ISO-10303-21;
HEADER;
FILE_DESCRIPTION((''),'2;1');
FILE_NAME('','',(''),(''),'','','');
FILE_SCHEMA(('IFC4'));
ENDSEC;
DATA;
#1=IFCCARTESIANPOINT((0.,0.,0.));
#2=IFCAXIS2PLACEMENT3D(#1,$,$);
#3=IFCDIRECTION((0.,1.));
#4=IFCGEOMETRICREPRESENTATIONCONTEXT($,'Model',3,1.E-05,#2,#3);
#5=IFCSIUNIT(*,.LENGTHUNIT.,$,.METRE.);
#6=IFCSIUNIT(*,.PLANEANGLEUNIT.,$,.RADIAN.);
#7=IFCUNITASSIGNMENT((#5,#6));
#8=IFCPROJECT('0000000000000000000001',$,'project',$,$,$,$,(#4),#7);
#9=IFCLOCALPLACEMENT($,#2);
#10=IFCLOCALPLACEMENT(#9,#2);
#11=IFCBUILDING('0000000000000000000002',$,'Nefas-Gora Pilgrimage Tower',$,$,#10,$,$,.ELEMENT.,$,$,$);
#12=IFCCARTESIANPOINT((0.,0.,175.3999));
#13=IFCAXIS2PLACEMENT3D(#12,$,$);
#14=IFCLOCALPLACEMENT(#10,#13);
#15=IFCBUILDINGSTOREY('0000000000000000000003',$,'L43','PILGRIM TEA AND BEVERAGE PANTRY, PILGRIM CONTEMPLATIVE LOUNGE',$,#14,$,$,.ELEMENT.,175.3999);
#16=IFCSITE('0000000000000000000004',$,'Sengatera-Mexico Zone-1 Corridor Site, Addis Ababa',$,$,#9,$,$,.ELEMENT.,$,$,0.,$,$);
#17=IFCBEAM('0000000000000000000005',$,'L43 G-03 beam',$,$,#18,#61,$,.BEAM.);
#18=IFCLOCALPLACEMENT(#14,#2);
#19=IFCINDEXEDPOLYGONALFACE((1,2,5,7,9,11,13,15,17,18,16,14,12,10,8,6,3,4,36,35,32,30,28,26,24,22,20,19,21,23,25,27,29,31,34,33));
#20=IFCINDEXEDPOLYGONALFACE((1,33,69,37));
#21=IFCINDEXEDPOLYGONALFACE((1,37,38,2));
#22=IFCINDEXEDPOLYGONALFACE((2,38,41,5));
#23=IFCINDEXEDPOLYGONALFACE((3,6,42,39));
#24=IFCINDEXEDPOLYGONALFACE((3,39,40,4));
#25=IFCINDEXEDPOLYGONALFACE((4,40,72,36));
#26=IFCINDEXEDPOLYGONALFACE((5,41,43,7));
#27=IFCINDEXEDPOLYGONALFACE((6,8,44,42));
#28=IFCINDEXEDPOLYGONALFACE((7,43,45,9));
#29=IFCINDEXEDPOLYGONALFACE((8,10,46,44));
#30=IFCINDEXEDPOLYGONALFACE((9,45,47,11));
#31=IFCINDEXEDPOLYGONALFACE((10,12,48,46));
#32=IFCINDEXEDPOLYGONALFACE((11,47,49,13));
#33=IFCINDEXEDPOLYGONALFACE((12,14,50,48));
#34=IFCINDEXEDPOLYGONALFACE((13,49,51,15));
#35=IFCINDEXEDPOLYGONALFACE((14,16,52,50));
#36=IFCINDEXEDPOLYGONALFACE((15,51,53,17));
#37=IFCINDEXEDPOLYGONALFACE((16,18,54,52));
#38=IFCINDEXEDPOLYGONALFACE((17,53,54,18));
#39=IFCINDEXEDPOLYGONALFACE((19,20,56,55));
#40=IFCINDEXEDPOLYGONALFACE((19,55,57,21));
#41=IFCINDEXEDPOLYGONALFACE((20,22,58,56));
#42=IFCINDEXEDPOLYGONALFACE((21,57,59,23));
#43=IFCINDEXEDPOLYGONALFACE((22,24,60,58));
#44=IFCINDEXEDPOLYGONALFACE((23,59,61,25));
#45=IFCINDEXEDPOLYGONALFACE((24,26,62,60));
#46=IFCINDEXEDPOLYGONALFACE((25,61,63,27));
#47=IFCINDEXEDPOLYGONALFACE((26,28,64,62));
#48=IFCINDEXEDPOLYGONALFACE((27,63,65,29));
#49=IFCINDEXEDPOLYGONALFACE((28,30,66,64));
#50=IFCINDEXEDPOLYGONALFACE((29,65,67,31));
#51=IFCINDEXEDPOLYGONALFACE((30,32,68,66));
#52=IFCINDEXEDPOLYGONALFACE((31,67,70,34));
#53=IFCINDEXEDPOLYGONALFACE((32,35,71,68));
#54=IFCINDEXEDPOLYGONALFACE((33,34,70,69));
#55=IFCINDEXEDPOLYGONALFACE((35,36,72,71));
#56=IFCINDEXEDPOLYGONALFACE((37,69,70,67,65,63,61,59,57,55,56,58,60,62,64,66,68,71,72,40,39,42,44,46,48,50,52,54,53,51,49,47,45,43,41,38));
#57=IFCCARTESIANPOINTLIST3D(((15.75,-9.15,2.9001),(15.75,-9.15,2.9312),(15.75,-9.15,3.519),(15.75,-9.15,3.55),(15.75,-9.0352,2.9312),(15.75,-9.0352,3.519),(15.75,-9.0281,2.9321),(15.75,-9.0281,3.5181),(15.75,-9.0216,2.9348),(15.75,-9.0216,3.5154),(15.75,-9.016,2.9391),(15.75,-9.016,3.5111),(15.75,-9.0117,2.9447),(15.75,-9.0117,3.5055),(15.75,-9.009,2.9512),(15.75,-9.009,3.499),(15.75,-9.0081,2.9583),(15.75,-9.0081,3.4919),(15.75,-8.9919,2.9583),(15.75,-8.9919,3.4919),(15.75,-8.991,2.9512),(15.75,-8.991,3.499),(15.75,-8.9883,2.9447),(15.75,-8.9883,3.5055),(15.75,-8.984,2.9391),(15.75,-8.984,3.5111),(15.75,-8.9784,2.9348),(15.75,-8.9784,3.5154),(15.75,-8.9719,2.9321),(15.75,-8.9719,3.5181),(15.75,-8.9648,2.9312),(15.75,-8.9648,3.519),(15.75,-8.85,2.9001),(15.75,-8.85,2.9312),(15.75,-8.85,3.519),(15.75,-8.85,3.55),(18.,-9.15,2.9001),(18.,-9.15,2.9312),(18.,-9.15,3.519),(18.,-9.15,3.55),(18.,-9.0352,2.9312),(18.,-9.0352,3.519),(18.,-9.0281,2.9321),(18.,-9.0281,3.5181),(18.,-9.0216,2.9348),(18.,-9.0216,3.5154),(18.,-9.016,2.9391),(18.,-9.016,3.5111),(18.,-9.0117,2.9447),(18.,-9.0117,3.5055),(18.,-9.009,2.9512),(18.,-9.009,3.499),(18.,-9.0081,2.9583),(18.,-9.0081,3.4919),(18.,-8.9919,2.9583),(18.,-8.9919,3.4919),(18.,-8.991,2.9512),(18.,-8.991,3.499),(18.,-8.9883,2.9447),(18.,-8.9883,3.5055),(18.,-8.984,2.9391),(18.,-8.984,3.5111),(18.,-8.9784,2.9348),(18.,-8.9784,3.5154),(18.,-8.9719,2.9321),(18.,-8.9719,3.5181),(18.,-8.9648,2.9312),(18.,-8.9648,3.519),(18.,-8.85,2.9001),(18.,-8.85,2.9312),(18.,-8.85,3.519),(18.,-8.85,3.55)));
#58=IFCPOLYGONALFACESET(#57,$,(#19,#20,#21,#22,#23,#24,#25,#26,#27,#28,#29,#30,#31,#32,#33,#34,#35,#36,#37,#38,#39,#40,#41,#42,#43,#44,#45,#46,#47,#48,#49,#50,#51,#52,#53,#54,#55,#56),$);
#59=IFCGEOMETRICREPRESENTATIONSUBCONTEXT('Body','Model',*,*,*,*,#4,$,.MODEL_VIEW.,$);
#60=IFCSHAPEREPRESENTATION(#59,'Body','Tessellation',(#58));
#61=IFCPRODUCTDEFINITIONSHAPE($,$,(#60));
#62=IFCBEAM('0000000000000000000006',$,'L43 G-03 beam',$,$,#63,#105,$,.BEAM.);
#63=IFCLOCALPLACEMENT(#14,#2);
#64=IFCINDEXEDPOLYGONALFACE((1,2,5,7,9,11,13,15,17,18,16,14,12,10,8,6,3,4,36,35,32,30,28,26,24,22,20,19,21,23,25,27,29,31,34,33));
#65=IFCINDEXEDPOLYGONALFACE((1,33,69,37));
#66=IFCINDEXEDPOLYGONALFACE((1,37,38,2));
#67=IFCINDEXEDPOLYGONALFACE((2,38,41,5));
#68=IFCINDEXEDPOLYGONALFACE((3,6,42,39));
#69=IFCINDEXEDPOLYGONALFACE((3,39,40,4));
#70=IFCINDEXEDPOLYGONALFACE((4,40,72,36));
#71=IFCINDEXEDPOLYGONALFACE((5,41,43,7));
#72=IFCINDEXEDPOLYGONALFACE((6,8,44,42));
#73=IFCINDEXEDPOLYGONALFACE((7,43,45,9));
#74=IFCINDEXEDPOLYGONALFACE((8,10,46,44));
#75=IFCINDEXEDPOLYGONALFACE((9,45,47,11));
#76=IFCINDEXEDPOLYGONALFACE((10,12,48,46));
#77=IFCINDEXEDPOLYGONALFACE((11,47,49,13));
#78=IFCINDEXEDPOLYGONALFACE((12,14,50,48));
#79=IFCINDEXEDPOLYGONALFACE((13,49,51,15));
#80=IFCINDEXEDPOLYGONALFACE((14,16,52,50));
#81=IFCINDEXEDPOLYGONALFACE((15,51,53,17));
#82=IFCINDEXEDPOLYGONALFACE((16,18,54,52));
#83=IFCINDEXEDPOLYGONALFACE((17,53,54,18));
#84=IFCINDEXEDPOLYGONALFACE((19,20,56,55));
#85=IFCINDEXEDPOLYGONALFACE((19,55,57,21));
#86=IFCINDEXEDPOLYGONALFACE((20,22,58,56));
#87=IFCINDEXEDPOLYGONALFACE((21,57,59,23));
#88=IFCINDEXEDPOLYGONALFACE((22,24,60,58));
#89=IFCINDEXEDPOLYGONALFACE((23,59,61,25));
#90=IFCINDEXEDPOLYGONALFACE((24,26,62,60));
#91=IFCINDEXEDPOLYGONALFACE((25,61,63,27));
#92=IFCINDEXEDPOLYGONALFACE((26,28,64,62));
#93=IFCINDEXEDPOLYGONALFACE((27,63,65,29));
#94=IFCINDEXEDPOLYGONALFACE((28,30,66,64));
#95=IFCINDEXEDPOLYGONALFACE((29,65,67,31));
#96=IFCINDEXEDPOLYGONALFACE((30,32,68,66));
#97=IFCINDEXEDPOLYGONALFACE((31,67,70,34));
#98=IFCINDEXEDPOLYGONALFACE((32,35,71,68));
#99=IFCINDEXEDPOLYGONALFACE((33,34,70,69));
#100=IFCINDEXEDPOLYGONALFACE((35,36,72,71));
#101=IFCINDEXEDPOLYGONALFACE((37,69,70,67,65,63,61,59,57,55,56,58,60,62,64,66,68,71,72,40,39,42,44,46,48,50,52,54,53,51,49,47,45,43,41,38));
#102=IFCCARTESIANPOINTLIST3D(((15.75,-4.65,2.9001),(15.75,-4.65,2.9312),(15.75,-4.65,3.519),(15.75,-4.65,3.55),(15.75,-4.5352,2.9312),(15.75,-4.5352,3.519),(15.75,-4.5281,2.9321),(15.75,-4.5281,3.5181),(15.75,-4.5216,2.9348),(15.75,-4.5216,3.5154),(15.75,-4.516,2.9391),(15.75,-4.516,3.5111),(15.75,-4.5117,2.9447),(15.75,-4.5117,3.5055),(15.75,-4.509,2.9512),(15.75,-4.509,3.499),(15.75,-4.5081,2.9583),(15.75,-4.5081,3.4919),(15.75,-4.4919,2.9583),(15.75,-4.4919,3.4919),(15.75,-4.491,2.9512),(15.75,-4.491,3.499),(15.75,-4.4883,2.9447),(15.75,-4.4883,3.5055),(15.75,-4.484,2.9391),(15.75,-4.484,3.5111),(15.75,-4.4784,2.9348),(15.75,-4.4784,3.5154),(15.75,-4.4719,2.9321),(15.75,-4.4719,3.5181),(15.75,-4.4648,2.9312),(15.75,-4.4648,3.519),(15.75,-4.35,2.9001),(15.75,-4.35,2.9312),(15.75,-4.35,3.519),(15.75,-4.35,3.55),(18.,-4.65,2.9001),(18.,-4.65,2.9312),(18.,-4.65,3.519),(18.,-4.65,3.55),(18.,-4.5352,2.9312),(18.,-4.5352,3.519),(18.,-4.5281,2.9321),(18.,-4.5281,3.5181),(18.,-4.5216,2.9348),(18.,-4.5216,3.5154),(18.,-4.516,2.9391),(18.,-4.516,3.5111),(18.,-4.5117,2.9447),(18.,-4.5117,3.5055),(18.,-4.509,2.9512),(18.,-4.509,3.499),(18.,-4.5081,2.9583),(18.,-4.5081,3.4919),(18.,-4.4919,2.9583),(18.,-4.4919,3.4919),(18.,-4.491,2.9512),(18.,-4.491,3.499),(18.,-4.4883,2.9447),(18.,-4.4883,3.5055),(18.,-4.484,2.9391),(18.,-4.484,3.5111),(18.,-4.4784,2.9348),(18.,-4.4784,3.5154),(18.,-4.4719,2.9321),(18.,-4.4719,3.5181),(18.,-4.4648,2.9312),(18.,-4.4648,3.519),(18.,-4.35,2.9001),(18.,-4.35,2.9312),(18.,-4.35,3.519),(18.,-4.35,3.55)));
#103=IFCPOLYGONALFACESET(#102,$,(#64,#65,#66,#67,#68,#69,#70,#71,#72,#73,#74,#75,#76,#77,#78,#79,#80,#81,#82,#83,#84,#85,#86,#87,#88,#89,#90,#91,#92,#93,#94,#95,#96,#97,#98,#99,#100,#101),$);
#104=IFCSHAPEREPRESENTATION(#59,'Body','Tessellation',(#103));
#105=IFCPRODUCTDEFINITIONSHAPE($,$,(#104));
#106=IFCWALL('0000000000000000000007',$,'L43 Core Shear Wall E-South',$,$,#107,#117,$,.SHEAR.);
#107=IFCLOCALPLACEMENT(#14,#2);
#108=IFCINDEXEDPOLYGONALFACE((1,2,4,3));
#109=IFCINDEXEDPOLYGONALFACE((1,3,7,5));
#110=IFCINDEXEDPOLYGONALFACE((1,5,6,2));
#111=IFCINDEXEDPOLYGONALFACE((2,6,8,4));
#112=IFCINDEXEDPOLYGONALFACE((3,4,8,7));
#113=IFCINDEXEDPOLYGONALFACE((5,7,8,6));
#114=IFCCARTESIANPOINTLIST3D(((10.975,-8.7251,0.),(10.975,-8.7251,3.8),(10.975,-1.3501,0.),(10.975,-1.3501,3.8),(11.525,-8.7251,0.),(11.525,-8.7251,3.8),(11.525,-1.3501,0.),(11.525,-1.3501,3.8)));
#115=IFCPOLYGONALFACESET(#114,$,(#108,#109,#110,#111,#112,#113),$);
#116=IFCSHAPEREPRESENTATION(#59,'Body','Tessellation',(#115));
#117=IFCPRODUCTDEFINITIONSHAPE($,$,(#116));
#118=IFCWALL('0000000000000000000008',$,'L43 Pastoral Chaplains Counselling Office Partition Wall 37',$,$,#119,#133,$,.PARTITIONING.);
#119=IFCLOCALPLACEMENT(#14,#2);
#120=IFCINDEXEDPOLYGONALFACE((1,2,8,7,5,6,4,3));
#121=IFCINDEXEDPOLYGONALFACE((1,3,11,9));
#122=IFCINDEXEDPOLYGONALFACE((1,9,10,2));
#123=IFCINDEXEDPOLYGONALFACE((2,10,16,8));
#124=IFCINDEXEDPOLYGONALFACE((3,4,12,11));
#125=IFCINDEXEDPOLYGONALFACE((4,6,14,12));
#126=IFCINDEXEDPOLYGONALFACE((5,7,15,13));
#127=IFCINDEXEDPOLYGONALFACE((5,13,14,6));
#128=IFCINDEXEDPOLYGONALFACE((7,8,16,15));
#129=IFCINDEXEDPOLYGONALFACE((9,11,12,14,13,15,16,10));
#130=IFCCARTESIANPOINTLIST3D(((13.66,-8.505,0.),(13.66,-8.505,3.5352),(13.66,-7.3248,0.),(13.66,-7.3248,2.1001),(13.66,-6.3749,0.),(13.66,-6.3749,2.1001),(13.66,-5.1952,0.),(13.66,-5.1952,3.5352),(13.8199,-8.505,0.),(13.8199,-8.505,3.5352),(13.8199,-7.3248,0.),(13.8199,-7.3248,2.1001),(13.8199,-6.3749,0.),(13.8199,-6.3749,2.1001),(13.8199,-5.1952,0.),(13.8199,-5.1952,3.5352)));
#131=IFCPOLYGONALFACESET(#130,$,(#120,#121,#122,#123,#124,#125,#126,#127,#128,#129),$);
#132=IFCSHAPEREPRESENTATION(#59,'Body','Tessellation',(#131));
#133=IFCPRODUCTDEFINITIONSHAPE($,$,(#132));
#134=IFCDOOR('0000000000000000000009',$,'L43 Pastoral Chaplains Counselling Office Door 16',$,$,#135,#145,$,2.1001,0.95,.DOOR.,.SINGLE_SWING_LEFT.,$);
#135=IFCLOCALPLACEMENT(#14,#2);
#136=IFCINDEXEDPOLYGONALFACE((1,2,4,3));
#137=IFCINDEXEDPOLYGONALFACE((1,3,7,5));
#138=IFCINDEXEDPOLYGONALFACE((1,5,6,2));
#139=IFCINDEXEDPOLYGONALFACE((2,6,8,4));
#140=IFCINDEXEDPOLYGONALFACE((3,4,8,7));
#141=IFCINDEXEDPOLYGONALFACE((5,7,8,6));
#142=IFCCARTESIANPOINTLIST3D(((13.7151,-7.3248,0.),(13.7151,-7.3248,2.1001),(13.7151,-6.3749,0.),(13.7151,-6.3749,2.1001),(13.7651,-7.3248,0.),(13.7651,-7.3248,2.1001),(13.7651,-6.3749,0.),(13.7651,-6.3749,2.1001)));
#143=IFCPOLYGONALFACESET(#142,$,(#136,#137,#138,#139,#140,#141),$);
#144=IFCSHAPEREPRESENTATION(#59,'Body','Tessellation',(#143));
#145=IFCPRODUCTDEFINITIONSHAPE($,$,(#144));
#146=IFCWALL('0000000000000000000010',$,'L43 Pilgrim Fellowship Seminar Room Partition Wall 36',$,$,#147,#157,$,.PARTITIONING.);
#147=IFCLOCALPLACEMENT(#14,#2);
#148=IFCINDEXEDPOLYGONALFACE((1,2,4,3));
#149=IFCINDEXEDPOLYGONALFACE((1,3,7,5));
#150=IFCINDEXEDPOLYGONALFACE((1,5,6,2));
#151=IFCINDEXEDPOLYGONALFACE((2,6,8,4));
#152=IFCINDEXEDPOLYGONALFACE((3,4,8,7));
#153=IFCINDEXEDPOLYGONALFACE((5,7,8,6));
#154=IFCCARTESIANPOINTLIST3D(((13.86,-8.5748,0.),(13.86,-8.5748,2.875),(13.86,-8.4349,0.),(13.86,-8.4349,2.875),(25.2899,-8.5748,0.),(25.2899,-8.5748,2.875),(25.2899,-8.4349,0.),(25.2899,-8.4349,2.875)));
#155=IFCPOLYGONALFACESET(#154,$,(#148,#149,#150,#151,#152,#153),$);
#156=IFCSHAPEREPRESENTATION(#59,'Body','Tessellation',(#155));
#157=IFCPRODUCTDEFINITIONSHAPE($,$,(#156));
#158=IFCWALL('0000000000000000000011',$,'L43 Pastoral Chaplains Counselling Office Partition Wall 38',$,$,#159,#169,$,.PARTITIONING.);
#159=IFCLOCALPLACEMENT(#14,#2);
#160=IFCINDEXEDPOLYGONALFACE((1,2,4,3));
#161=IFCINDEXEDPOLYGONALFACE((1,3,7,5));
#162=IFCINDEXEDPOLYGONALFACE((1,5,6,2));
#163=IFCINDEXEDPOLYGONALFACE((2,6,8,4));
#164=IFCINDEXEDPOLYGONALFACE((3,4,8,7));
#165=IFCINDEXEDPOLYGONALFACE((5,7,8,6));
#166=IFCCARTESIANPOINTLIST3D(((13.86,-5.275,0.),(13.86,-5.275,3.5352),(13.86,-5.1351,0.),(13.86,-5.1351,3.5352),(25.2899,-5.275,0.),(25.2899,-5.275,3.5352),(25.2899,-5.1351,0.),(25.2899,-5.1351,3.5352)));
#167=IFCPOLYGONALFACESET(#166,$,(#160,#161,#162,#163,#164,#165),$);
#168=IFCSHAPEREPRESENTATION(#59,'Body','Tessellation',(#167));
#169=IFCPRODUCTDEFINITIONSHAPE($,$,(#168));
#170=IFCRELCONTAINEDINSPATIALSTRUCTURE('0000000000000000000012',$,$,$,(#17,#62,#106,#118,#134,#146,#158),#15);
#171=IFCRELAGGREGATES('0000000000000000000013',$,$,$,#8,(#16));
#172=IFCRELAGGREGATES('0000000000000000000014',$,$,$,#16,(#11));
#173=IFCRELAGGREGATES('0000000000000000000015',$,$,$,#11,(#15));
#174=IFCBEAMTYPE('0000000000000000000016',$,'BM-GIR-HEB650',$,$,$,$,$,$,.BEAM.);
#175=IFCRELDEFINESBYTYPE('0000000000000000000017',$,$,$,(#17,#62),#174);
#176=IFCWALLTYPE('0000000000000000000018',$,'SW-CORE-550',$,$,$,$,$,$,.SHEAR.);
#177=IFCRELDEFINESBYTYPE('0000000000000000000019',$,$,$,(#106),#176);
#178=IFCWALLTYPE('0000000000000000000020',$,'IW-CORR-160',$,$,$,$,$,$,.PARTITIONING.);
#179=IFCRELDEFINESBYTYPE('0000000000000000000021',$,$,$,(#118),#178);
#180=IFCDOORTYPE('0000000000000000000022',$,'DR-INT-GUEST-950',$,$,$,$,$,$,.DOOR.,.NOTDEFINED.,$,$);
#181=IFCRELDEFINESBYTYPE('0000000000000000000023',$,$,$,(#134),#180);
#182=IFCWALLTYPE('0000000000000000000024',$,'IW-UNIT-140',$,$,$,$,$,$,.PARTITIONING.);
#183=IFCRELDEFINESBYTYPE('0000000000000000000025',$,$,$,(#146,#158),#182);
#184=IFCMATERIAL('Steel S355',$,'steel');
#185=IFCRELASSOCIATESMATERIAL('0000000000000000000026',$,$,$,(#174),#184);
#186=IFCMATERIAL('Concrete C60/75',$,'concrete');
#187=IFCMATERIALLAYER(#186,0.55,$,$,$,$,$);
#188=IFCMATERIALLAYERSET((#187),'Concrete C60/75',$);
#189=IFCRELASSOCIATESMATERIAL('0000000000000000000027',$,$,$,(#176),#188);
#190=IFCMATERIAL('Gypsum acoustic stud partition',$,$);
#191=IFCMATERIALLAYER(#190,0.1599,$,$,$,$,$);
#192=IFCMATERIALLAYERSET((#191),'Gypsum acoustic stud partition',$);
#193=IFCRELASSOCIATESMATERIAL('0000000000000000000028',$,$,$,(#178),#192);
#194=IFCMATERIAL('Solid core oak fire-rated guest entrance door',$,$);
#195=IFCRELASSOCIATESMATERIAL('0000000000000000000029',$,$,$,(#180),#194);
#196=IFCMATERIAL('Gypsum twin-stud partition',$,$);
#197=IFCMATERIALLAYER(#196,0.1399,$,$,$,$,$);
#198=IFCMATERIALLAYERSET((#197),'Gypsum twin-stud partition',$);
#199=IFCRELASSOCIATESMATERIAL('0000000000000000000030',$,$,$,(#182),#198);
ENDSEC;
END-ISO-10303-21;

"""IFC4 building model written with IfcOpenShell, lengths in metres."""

from ifc_helpers import new_model, si_unit, direction, frame, frame_2d, origin, origin_2d, place, context, subcontext, project, spatial, rectangle, i_section, extrude, source, transform, mapped, material, layer, layer_set, material_profile, profile_set, type_object, element, fill, save


model = new_model("IFC4")

# Units and contexts
model_context = context("Model", 3, precision=1e-05, world=origin(), true_north=direction((0.0, 1.0)))
body_context = subcontext(model_context, "Body", "Model", "MODEL_VIEW")
ifc_project = project(units=[si_unit("LENGTHUNIT", "METRE"), si_unit("PLANEANGLEUNIT", "RADIAN")], contexts=[model_context])

# Site, building, storey
site_placement = place(None, origin())
site = spatial("IfcSite", under=ifc_project, at=site_placement, Name="Sengatera-Mexico Zone-1 Corridor Site, Addis Ababa", CompositionType="ELEMENT", RefElevation=0.0)
building_placement = place(site_placement, origin())
building = spatial("IfcBuilding", under=site, at=building_placement, Name="Nefas-Gora Pilgrimage Tower", CompositionType="ELEMENT")
storey_placement = place(building_placement, frame((0.0, 0.0, 175.3999)))
storey = spatial("IfcBuildingStorey", under=building, at=storey_placement, Name="L43", Description="PILGRIM TEA AND BEVERAGE PANTRY, PILGRIM CONTEMPLATIVE LOUNGE", CompositionType="ELEMENT", Elevation=175.3999)

# Beams
ifc_material_1 = material(Name="Concrete C60/75", Category="concrete")
ifc_material_2 = material(Name="Steel S355", Category="steel")
ifc_material_profile_1 = material_profile(ifc_material_2, i_section(OverallWidth=0.3, OverallDepth=0.6499, WebThickness=0.0161, FlangeThickness=0.031, FilletRadius=0.0271, at=origin_2d()), Name="HEB 650")
ifc_profile_set_1 = profile_set([ifc_material_profile_1], Name="Steel S355")
beam_type_1 = type_object("IfcBeamType", Name="BM-GIR-HEB650", PredefinedType="BEAM", material=ifc_profile_set_1)
shared_shape_1 = source(origin(), body_context, "Body", "SweptSolid", [
    extrude(i_section(OverallWidth=0.3, OverallDepth=0.6499, WebThickness=0.0161, FlangeThickness=0.031, FilletRadius=0.0271, at=origin_2d()), origin(), (0.0, 0.0, 1.0), 2.25),
])
for number, where, z_axis, x_axis, name in (
    (1, (15.75, -9.0, 3.2251), (1.0, 0.0, 0.0), (0.0, 1.0, 0.0), "L43 G-03 beam"),
    (2, (15.75, -4.5, 3.2251), (1.0, 0.0, 0.0), (0.0, 1.0, 0.0), "L43 G-03 beam"),
):
    element("IfcBeam", number, at=place(storey_placement, frame(where, z_axis=z_axis, x_axis=x_axis)), inside=storey, type_object=beam_type_1, Name=name, PredefinedType="BEAM", context=body_context, shape_type="MappedRepresentation", body=[
        mapped(shared_shape_1, transform((0.0, 0.0, 0.0), x_axis=(1.0, 0.0, 0.0), y_axis=(0.0, 1.0, 0.0), z_axis=(0.0, 0.0, 1.0), scale=1.0)),
    ])

# Wall
ifc_layer_1 = layer(ifc_material_1, 0.55)
ifc_layer_set_1 = layer_set([ifc_layer_1], Name="Concrete C60/75")
wall_type_1 = type_object("IfcWallType", Name="SW-CORE-550", PredefinedType="SHEAR", material=ifc_layer_set_1)
shared_shape_2 = source(origin(), body_context, "Body", "SweptSolid", [
    extrude(rectangle(XDim=7.375, YDim=0.55, at=frame_2d((3.6875, 0.0))), origin(), (0.0, 0.0, 1.0), 3.8),
])
wall_1_placement = place(storey_placement, frame((11.25, -8.7251, 0.0), z_axis=(0.0, 0.0, 1.0), x_axis=(0.0, 1.0, 0.0)))
element("IfcWall", 3, at=wall_1_placement, inside=storey, type_object=wall_type_1, Name="L43 Core Shear Wall E-South", PredefinedType="SHEAR", context=body_context, shape_type="MappedRepresentation", body=[
    mapped(shared_shape_2, transform((0.0, 0.0, 0.0), x_axis=(1.0, 0.0, 0.0), y_axis=(0.0, 1.0, 0.0), z_axis=(0.0, 0.0, 1.0), scale=1.0)),
])

# Wall, opening, door
ifc_material_3 = material(Name="Gypsum acoustic stud partition")
ifc_layer_2 = layer(ifc_material_3, 0.1599)
ifc_layer_set_2 = layer_set([ifc_layer_2], Name="Gypsum acoustic stud partition")
wall_type_2 = type_object("IfcWallType", Name="IW-CORR-160", PredefinedType="PARTITIONING", material=ifc_layer_set_2)
shared_shape_3 = source(origin(), body_context, "Body", "SweptSolid", [
    extrude(rectangle(XDim=3.3098, YDim=0.1599, at=frame_2d((1.6548, 0.0))), origin(), (0.0, 0.0, 1.0), 3.5352),
])
wall_2_placement = place(storey_placement, frame((13.74, -8.5049, 0.0), z_axis=(0.0, 0.0, 1.0), x_axis=(0.0, 1.0, 0.0)))
wall_2 = element("IfcWall", 4, at=wall_2_placement, inside=storey, type_object=wall_type_2, Name="L43 Pastoral Chaplains Counselling Office Partition Wall 37", PredefinedType="PARTITIONING", context=body_context, shape_type="MappedRepresentation", body=[
    mapped(shared_shape_3, transform((0.0, 0.0, 0.0), x_axis=(1.0, 0.0, 0.0), y_axis=(0.0, 1.0, 0.0), z_axis=(0.0, 0.0, 1.0), scale=1.0)),
])
opening_1_placement = place(wall_2_placement, frame((1.1799, 0.0, 0.0)))
opening_1 = element("IfcOpeningElement", 5, at=opening_1_placement, cuts=wall_2, PredefinedType="OPENING", context=body_context, shape_type="SweptSolid", body=[
    extrude(rectangle(XDim=0.95, YDim=2.1001, at=frame_2d((0.4751, 1.05))), frame((0.0, 0.0898, 0.0), z_axis=(0.0, -1.0, 0.0), x_axis=(1.0, 0.0, 0.0)), (0.0, 0.0, 1.0), 0.1799),
])
ifc_material_4 = material(Name="Solid core oak fire-rated guest entrance door")
door_type_1 = type_object("IfcDoorType", Name="DR-INT-GUEST-950", OperationType="NOTDEFINED", PredefinedType="DOOR", material=ifc_material_4)
shared_shape_4 = source(origin(), body_context, "Body", "SweptSolid", [
    extrude(rectangle(XDim=0.95, YDim=2.1001, at=frame_2d((0.4751, 1.05))), frame((0.0, 0.0249, 0.0), z_axis=(0.0, -1.0, 0.0), x_axis=(1.0, 0.0, 0.0)), (0.0, 0.0, 1.0), 0.05),
])
door_1_placement = place(opening_1_placement, origin())
door_1 = element("IfcDoor", 6, at=door_1_placement, inside=storey, type_object=door_type_1, Name="L43 Pastoral Chaplains Counselling Office Door 16", OperationType="SINGLE_SWING_LEFT", OverallHeight=2.1001, OverallWidth=0.95, PredefinedType="DOOR", context=body_context, shape_type="MappedRepresentation", body=[
    mapped(shared_shape_4, transform((0.0, 0.0, 0.0), x_axis=(1.0, 0.0, 0.0), y_axis=(0.0, 1.0, 0.0), z_axis=(0.0, 0.0, 1.0), scale=1.0)),
])
fill(opening_1, door_1)

# Walls
ifc_material_5 = material(Name="Gypsum twin-stud partition")
ifc_layer_3 = layer(ifc_material_5, 0.1399)
ifc_layer_set_3 = layer_set([ifc_layer_3], Name="Gypsum twin-stud partition")
wall_type_3 = type_object("IfcWallType", Name="IW-UNIT-140", PredefinedType="PARTITIONING", material=ifc_layer_set_3)
shared_shape_5 = source(origin(), body_context, "Body", "SweptSolid", [
    extrude(rectangle(XDim=11.4299, YDim=0.1399, at=frame_2d((5.7148, 0.0))), origin(), (0.0, 0.0, 1.0), 2.875),
])
wall_3_placement = place(storey_placement, frame((13.8601, -8.5049, 0.0), z_axis=(0.0, 0.0, 1.0), x_axis=(1.0, 0.0, 0.0)))
element("IfcWall", 7, at=wall_3_placement, inside=storey, type_object=wall_type_3, Name="L43 Pilgrim Fellowship Seminar Room Partition Wall 36", PredefinedType="PARTITIONING", context=body_context, shape_type="MappedRepresentation", body=[
    mapped(shared_shape_5, transform((0.0, 0.0, 0.0), x_axis=(1.0, 0.0, 0.0), y_axis=(0.0, 1.0, 0.0), z_axis=(0.0, 0.0, 1.0), scale=1.0)),
])
shared_shape_6 = source(origin(), body_context, "Body", "SweptSolid", [
    extrude(rectangle(XDim=11.4299, YDim=0.1399, at=frame_2d((5.7148, 0.0))), origin(), (0.0, 0.0, 1.0), 3.5352),
])
wall_4_placement = place(storey_placement, frame((13.8601, -5.2051, 0.0), z_axis=(0.0, 0.0, 1.0), x_axis=(1.0, 0.0, 0.0)))
element("IfcWall", 8, at=wall_4_placement, inside=storey, type_object=wall_type_3, Name="L43 Pastoral Chaplains Counselling Office Partition Wall 38", PredefinedType="PARTITIONING", context=body_context, shape_type="MappedRepresentation", body=[
    mapped(shared_shape_6, transform((0.0, 0.0, 0.0), x_axis=(1.0, 0.0, 0.0), y_axis=(0.0, 1.0, 0.0), z_axis=(0.0, 0.0, 1.0), scale=1.0)),
])

save(model, "model.ifc")
